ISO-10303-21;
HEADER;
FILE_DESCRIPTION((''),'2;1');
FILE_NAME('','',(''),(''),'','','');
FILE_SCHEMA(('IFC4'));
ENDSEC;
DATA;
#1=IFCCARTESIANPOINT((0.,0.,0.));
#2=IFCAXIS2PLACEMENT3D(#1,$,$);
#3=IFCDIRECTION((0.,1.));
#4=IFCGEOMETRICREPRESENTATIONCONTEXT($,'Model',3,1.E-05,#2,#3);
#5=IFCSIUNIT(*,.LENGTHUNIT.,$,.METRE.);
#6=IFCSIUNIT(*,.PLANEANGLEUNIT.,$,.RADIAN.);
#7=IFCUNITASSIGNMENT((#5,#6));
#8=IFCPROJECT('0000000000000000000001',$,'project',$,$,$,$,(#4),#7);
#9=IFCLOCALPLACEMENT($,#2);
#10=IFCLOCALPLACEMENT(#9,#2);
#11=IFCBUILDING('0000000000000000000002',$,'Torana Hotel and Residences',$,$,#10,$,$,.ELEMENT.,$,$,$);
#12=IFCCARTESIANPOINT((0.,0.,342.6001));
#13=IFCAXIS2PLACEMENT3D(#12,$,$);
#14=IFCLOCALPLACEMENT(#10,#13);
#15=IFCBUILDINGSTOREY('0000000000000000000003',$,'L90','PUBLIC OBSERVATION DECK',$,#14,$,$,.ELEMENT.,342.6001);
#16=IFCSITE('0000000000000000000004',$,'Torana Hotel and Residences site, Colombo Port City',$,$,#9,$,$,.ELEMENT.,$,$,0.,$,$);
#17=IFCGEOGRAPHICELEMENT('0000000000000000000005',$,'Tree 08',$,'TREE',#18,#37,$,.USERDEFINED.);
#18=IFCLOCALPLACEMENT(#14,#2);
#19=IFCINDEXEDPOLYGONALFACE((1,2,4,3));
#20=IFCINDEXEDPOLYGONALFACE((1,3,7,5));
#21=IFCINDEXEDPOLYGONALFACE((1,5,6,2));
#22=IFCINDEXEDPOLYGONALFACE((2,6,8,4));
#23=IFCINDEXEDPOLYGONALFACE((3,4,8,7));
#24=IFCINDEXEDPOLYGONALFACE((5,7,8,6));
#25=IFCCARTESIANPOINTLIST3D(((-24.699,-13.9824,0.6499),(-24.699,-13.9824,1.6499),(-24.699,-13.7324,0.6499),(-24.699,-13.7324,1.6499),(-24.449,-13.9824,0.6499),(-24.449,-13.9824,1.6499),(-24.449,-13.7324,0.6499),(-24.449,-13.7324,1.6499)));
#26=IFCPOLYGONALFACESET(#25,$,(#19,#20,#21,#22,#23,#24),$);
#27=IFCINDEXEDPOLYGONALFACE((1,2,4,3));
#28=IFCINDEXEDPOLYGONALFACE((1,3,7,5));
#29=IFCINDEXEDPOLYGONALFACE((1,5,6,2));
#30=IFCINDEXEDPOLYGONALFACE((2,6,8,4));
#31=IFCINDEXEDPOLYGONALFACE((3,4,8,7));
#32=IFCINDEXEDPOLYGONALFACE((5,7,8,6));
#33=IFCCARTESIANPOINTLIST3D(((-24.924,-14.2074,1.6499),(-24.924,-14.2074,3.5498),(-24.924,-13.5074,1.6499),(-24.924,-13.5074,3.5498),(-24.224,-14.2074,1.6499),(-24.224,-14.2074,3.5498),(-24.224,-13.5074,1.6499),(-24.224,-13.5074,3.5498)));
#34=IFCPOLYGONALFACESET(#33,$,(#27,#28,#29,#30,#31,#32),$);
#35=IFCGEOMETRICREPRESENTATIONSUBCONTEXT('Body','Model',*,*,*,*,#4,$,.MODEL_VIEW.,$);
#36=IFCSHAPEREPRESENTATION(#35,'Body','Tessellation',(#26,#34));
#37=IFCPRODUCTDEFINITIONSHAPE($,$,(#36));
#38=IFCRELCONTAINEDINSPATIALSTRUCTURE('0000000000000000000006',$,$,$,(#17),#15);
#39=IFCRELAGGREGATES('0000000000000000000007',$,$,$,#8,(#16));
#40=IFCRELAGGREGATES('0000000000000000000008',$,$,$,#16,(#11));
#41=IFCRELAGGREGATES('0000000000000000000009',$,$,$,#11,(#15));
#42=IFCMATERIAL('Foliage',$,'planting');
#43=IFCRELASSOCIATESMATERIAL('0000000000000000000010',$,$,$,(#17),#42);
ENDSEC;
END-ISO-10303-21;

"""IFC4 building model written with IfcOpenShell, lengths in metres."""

from ifc_helpers import new_model, si_unit, direction, frame, origin, origin_2d, place, context, subcontext, project, spatial, rectangle, extrude, material, element, save


model = new_model("IFC4")

# Units and contexts
model_context = context("Model", 3, precision=1e-05, world=origin(), true_north=direction((0.0, 1.0)))
body_context = subcontext(model_context, "Body", "Model", "MODEL_VIEW")
ifc_project = project(units=[si_unit("LENGTHUNIT", "METRE"), si_unit("PLANEANGLEUNIT", "RADIAN")], contexts=[model_context])

# Site, building, storey
site_placement = place(None, origin())
site = spatial("IfcSite", under=ifc_project, at=site_placement, Name="Torana Hotel and Residences site, Colombo Port City", CompositionType="ELEMENT", RefElevation=0.0)
building_placement = place(site_placement, origin())
building = spatial("IfcBuilding", under=site, at=building_placement, Name="Torana Hotel and Residences", CompositionType="ELEMENT")
storey_placement = place(building_placement, frame((0.0, 0.0, 342.6001)))
storey = spatial("IfcBuildingStorey", under=building, at=storey_placement, Name="L90", Description="PUBLIC OBSERVATION DECK", CompositionType="ELEMENT", Elevation=342.6001)

# Geographic element
ifc_material_1 = material(Name="Foliage", Category="planting")
geographic_element_placement = place(storey_placement, frame((-24.574, -13.8574, 0.6499), z_axis=(0.0, 0.0, 1.0), x_axis=(1.0, 0.0, 0.0)))
element("IfcGeographicElement", 1, at=geographic_element_placement, inside=storey, material=ifc_material_1, Name="Tree 08", ObjectType="TREE", PredefinedType="USERDEFINED", context=body_context, shape_type="SweptSolid", body=[
    extrude(rectangle(XDim=0.25, YDim=0.25, at=origin_2d()), origin(), (0.0, 0.0, 1.0), 1.0),
    extrude(rectangle(XDim=0.7, YDim=0.7, at=origin_2d()), frame((0.0, 0.0, 1.0)), (0.0, 0.0, 1.0), 1.8999),
])

save(model, "model.ifc")
